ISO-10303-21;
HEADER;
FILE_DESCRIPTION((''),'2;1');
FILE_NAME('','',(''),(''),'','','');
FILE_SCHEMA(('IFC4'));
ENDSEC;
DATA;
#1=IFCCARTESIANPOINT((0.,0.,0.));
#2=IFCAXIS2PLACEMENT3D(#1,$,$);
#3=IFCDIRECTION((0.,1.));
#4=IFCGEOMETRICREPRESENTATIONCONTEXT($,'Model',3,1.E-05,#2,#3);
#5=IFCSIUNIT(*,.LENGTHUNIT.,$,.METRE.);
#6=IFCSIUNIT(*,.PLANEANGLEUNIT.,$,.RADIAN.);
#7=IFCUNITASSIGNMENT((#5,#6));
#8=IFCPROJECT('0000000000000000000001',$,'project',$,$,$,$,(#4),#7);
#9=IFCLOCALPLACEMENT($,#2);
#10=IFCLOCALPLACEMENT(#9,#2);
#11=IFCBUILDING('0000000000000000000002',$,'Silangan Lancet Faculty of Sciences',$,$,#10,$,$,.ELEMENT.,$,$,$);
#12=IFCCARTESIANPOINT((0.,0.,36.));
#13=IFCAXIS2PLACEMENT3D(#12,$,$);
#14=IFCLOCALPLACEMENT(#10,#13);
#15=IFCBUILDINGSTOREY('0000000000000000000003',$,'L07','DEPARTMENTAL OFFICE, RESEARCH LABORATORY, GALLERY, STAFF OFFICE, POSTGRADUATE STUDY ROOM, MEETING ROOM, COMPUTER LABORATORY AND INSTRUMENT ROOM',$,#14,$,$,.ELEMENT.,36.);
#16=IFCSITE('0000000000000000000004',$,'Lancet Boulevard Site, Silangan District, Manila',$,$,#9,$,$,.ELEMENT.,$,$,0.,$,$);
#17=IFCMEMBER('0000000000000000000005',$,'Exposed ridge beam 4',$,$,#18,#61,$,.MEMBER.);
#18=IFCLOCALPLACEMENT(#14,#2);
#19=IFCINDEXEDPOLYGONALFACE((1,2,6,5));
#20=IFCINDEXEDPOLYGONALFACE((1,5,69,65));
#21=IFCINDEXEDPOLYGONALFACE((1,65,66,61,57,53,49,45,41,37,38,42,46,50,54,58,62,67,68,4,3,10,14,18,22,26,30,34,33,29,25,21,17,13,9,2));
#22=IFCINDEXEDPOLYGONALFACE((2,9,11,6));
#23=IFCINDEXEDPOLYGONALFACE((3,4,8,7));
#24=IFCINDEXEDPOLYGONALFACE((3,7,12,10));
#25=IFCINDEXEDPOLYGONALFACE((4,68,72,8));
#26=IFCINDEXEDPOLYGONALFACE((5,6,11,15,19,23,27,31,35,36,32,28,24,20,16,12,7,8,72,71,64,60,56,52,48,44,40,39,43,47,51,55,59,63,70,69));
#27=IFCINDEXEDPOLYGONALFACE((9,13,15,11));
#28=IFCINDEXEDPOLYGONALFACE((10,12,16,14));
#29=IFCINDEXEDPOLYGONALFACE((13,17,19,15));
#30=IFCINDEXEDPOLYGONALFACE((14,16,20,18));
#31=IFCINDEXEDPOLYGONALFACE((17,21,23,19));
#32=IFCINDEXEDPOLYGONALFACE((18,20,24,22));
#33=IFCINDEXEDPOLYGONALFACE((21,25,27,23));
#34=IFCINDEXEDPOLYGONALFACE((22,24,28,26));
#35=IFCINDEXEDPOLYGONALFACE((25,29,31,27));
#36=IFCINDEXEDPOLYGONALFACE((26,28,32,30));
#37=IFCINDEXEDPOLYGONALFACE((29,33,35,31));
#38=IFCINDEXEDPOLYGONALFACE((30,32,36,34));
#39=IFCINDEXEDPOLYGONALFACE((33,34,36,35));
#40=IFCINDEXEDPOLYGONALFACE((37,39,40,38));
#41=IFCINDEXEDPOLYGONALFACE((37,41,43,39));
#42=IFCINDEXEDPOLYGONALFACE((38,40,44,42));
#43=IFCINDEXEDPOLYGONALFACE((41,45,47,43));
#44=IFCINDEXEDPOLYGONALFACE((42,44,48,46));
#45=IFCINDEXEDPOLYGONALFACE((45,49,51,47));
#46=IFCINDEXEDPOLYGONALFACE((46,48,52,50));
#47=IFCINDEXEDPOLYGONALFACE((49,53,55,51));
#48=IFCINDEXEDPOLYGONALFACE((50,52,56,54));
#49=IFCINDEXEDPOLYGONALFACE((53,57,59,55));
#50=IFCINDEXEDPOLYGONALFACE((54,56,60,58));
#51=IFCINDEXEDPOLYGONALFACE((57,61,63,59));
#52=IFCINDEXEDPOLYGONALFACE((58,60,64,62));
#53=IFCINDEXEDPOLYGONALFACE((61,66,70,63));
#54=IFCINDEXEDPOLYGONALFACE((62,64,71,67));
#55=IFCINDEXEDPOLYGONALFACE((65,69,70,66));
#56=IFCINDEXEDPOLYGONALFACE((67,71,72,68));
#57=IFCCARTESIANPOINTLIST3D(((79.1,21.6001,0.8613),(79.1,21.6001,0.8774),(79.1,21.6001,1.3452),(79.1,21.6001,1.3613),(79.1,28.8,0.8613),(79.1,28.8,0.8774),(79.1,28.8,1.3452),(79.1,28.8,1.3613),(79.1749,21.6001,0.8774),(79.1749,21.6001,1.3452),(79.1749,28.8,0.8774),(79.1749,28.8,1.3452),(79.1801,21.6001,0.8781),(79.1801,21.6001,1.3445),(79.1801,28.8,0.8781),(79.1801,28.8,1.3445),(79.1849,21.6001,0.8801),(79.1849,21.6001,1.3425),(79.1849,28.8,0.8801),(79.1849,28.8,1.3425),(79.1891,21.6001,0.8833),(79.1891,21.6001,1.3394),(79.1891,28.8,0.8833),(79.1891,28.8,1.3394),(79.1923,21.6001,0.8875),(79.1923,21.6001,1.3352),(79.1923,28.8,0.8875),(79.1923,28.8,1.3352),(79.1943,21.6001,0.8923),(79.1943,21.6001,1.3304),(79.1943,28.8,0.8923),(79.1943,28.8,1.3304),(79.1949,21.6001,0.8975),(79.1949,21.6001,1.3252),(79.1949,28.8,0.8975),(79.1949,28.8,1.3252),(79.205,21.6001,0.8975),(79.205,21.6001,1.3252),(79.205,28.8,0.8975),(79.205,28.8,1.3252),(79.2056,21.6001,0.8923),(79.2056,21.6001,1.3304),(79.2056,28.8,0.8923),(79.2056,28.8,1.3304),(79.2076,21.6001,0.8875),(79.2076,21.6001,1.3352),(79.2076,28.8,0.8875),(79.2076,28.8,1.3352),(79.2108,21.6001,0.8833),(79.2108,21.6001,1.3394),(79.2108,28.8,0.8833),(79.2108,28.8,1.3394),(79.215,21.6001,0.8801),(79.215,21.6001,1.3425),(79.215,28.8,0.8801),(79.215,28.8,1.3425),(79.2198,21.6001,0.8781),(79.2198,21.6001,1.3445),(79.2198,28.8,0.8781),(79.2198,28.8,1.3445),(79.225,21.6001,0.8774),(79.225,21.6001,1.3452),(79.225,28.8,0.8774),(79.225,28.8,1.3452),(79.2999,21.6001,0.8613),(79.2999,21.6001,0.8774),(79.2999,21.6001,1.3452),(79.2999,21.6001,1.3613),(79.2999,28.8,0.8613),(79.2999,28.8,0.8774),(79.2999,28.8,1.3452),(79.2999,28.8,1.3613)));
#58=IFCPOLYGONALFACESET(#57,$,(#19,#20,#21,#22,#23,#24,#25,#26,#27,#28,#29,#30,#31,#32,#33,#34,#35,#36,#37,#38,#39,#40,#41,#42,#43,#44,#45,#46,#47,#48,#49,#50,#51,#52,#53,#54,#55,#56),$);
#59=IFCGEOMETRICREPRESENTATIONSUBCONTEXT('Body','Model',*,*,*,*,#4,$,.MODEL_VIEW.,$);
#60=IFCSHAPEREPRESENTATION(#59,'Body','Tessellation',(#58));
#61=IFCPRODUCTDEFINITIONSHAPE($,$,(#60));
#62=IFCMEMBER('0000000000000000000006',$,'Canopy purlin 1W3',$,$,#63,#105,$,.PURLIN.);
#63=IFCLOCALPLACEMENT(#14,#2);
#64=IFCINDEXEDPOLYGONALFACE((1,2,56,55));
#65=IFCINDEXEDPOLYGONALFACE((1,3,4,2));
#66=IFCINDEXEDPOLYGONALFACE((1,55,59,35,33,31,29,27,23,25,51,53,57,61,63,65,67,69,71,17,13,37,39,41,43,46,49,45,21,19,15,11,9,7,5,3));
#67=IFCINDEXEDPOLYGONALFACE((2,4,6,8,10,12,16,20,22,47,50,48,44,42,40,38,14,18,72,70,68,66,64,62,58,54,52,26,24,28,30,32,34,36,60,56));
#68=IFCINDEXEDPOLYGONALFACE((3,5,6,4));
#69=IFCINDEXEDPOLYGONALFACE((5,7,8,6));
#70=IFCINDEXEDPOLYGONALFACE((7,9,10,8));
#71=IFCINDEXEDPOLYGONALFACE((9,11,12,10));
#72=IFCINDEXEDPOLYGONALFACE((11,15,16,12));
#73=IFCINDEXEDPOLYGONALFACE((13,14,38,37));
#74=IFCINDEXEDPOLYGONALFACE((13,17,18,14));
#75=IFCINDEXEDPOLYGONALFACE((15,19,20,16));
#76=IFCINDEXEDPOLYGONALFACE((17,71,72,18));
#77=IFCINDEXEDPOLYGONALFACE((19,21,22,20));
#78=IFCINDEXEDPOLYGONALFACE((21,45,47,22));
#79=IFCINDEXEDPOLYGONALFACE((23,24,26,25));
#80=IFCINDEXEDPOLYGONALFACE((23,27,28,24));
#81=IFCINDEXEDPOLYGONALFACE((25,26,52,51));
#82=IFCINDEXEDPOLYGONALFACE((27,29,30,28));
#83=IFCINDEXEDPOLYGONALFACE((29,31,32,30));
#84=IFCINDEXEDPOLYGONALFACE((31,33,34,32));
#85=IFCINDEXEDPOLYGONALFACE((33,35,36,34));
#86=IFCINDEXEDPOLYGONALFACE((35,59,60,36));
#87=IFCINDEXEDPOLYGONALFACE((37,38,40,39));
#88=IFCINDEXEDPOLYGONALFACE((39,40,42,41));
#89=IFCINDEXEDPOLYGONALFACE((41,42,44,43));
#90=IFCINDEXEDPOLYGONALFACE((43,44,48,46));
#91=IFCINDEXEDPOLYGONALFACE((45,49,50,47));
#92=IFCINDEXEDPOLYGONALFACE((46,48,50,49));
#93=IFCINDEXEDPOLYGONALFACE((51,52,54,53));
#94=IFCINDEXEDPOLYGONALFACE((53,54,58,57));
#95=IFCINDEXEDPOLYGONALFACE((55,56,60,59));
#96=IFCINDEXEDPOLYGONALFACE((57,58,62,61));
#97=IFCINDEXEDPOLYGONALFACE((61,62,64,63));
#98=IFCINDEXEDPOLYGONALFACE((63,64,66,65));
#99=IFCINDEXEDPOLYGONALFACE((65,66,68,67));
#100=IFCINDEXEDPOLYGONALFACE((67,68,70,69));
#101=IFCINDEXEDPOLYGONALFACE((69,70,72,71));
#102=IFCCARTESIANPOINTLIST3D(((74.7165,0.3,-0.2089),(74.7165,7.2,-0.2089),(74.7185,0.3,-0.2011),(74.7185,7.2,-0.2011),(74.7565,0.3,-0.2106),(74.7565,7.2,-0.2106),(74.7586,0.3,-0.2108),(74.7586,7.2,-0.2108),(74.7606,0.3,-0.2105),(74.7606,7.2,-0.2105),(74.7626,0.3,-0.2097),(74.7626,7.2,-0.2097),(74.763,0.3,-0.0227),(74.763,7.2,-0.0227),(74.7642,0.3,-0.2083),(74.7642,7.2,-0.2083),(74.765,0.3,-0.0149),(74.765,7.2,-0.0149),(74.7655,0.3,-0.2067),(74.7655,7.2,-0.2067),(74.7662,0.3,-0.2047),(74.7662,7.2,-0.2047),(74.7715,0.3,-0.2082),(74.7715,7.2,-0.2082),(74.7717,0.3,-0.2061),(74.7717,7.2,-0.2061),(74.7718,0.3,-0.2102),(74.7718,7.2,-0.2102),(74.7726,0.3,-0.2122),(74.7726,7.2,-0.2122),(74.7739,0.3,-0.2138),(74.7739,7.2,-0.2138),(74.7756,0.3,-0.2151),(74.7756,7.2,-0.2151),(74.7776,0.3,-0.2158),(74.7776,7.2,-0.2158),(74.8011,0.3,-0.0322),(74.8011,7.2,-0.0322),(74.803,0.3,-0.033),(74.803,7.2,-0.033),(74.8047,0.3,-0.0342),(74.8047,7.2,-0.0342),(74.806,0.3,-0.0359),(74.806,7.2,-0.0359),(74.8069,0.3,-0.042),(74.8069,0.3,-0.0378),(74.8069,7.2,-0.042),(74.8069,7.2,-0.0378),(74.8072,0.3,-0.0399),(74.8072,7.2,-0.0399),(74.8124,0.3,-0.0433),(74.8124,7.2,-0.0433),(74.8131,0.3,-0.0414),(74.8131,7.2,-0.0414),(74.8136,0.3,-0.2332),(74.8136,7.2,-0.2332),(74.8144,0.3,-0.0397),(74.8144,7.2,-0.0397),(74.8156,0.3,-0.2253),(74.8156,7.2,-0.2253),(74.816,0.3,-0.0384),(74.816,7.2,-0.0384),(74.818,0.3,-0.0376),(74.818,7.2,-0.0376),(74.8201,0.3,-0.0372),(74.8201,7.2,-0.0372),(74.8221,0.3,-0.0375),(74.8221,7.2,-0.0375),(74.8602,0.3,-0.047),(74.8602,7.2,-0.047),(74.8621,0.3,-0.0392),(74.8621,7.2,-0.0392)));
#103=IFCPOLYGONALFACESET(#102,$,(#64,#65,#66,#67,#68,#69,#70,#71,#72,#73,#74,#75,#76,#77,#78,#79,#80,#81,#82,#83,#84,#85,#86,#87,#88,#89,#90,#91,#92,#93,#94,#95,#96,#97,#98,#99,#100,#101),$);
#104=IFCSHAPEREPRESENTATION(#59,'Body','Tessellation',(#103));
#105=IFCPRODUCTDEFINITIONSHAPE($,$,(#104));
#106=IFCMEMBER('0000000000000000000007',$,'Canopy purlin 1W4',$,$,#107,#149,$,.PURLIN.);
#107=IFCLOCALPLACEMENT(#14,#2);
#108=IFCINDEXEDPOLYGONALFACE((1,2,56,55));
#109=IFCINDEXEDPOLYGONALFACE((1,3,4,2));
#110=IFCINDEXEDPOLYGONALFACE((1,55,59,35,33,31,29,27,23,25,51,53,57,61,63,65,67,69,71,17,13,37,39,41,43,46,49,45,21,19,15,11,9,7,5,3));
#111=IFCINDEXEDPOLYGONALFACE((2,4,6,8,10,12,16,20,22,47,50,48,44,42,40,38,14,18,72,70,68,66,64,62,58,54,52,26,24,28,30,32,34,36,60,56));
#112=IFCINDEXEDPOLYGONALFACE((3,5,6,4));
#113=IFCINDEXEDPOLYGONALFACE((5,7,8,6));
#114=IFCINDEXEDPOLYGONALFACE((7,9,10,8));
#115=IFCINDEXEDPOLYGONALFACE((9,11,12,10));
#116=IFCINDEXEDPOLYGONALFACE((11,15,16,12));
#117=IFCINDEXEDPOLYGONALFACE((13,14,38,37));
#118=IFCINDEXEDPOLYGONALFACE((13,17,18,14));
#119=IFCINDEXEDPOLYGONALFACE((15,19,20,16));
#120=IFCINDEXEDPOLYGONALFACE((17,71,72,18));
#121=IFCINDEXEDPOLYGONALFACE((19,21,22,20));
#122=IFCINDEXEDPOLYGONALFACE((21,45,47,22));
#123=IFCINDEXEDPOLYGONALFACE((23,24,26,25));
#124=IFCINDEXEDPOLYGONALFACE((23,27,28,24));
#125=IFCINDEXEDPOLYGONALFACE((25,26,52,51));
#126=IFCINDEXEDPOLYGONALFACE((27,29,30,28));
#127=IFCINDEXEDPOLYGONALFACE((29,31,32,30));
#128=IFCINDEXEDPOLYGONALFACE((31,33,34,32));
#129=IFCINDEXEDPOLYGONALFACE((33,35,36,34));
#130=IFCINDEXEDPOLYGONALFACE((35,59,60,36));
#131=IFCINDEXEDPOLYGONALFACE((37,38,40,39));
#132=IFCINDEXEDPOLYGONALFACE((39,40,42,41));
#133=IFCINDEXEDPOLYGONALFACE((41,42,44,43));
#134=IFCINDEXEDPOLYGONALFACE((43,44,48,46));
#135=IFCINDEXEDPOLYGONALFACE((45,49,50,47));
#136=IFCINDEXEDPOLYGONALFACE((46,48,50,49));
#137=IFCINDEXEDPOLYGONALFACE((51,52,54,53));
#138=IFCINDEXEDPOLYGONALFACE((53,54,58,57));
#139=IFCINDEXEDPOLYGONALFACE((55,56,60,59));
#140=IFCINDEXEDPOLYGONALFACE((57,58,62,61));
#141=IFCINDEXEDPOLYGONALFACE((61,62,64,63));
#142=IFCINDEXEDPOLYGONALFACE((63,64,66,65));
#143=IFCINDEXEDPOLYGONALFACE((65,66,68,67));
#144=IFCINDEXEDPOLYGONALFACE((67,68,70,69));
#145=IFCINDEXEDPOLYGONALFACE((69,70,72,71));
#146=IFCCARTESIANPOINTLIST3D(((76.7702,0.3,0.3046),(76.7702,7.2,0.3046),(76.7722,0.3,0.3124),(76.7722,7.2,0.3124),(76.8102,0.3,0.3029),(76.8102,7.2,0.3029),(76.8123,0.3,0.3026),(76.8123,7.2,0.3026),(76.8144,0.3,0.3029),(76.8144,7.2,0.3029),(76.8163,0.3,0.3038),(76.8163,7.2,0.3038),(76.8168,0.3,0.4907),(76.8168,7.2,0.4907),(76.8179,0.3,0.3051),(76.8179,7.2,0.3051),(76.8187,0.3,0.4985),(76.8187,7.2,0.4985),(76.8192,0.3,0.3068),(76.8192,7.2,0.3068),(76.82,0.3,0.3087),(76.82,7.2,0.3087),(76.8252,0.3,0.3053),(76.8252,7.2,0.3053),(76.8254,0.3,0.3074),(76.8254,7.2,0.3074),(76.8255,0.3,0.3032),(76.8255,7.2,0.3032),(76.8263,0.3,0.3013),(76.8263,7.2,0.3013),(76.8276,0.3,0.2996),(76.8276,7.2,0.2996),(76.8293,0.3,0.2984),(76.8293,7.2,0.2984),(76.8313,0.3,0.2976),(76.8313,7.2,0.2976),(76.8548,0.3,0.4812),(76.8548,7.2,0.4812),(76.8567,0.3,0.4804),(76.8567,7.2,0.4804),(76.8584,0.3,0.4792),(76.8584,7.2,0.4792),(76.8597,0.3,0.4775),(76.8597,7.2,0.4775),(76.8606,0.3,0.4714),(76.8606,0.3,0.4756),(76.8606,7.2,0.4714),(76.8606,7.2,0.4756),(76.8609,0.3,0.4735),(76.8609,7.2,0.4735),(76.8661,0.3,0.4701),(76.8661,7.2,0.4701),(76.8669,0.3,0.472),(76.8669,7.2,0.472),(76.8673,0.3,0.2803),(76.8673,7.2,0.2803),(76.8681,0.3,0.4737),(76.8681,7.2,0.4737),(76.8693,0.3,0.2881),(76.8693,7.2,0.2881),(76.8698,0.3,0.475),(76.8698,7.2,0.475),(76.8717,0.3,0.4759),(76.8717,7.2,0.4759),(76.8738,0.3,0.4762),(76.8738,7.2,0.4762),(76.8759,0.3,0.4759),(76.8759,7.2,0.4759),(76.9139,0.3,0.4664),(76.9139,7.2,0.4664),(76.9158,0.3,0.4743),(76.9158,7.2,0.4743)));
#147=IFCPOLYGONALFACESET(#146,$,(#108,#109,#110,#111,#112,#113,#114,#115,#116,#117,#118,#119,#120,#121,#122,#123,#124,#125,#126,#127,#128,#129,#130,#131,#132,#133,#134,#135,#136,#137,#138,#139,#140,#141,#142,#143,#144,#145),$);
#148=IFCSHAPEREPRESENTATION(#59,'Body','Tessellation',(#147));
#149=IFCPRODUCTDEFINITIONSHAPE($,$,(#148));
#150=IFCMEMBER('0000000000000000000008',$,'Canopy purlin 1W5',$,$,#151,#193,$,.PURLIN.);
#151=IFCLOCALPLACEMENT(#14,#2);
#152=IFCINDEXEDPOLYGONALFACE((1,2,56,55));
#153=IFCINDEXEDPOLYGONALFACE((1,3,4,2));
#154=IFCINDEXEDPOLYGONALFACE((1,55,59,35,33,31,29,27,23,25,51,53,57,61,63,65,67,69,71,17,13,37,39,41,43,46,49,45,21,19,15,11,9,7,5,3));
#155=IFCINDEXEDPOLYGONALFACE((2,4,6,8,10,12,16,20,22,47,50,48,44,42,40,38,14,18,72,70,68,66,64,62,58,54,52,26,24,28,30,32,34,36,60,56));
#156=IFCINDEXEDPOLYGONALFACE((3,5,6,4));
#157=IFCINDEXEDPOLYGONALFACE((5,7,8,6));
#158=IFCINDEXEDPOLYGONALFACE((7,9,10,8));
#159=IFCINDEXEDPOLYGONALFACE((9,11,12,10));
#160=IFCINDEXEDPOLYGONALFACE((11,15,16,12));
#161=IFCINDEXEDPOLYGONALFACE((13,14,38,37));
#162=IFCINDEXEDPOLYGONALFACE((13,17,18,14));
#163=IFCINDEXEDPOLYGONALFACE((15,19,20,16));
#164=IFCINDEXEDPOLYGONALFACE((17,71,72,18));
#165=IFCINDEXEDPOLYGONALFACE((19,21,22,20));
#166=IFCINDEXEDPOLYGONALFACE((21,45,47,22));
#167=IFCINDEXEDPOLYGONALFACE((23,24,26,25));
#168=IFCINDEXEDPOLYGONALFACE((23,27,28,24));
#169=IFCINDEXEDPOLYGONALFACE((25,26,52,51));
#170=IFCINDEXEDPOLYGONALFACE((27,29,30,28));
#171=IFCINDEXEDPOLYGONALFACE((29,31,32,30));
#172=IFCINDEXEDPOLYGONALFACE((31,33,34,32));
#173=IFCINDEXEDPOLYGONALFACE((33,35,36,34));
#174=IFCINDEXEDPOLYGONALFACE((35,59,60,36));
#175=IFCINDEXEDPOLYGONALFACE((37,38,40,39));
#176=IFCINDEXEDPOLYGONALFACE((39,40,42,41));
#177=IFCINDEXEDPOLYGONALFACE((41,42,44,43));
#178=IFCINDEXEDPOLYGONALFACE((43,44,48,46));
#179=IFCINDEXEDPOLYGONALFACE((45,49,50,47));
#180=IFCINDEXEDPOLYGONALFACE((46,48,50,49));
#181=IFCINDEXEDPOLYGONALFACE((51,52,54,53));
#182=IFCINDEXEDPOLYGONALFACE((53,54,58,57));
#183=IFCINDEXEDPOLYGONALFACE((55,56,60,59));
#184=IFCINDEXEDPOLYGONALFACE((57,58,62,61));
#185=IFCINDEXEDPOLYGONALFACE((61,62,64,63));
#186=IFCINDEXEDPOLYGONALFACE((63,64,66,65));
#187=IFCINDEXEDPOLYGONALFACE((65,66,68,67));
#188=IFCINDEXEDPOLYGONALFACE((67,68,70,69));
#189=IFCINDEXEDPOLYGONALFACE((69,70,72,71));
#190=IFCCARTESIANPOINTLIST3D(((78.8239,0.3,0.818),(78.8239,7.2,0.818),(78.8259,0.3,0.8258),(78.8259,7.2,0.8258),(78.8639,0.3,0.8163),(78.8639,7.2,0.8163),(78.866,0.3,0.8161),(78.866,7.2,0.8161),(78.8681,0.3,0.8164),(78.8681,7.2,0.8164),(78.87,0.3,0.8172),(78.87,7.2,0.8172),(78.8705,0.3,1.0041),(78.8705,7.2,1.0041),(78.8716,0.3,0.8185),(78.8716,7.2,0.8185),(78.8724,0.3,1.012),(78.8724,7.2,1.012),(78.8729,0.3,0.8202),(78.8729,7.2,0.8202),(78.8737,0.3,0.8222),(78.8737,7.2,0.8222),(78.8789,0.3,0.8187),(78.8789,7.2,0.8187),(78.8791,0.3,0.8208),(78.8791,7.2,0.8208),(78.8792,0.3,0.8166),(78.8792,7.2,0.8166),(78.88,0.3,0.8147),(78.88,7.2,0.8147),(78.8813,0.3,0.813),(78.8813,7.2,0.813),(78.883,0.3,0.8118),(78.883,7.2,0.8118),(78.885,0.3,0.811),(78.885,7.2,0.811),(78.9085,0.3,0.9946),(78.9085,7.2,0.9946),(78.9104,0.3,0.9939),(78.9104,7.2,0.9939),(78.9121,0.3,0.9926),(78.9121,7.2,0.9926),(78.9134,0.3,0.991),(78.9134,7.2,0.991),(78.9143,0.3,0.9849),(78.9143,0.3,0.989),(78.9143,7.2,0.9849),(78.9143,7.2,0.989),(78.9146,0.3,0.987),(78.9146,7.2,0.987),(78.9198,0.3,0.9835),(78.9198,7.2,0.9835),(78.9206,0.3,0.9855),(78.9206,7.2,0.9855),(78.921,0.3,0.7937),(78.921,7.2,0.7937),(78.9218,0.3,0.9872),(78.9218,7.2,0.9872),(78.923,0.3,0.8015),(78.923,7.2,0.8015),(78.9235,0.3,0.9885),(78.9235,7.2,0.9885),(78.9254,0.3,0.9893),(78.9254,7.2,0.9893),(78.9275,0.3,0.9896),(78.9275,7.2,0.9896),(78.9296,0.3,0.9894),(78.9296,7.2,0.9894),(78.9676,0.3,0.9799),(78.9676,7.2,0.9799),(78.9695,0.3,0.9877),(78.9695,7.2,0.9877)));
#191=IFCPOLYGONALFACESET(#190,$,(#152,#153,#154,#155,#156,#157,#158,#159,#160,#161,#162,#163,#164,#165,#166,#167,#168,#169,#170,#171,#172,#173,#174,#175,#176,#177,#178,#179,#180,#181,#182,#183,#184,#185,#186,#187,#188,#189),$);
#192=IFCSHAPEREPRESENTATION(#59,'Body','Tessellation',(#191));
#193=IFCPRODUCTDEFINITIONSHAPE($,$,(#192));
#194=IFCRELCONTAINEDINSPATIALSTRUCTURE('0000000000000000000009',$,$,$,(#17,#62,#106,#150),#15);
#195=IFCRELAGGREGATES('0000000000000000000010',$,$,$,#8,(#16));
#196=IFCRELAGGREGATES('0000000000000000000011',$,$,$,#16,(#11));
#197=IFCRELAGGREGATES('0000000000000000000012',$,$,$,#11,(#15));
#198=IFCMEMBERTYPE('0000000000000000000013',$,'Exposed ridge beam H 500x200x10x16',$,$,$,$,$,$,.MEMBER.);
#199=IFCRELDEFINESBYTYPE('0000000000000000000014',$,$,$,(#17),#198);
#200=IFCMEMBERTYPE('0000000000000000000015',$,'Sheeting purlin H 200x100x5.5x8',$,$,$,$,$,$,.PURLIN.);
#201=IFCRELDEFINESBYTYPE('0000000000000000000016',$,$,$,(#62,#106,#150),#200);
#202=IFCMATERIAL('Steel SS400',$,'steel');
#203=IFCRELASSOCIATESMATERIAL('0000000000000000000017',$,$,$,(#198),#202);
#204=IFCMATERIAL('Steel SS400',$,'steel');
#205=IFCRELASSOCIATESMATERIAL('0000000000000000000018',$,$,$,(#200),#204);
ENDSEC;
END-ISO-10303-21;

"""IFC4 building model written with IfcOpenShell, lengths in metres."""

from ifc_helpers import new_model, si_unit, direction, frame, origin, origin_2d, place, context, subcontext, project, spatial, i_section, extrude, material, material_profile, profile_set, type_object, element, save


model = new_model("IFC4")

# Units and contexts
model_context = context("Model", 3, precision=1e-05, world=origin(), true_north=direction((0.0, 1.0)))
body_context = subcontext(model_context, "Body", "Model", "MODEL_VIEW")
ifc_project = project(units=[si_unit("LENGTHUNIT", "METRE"), si_unit("PLANEANGLEUNIT", "RADIAN")], contexts=[model_context])

# Site, building, storey
site_placement = place(None, origin())
site = spatial("IfcSite", under=ifc_project, at=site_placement, Name="Lancet Boulevard Site, Silangan District, Manila", CompositionType="ELEMENT", RefElevation=0.0)
building_placement = place(site_placement, origin())
building = spatial("IfcBuilding", under=site, at=building_placement, Name="Silangan Lancet Faculty of Sciences", CompositionType="ELEMENT")
storey_placement = place(building_placement, frame((0.0, 0.0, 36.0)))
storey = spatial("IfcBuildingStorey", under=building, at=storey_placement, Name="L07", Description="DEPARTMENTAL OFFICE, RESEARCH LABORATORY, GALLERY, STAFF OFFICE, POSTGRADUATE STUDY ROOM, MEETING ROOM, COMPUTER LABORATORY AND INSTRUMENT ROOM", CompositionType="ELEMENT", Elevation=36.0)

# Members
ifc_material_1 = material(Name="Steel SS400", Category="steel")
ifc_material_profile_1 = material_profile(ifc_material_1, i_section(OverallWidth=0.2, OverallDepth=0.5, WebThickness=0.01, FlangeThickness=0.0161, FilletRadius=0.02, at=origin_2d()), Name="H 500x200x10x16")
ifc_profile_set_1 = profile_set([ifc_material_profile_1], Name="Steel SS400")
member_type_1 = type_object("IfcMemberType", Name="Exposed ridge beam H 500x200x10x16", PredefinedType="MEMBER", material=ifc_profile_set_1)
member_1_placement = place(storey_placement, frame((79.2, 21.6001, 1.1113), z_axis=(0.0, 1.0, 0.0), x_axis=(-1.0, 0.0, 0.0)))
element("IfcMember", 1, at=member_1_placement, inside=storey, type_object=member_type_1, Name="Exposed ridge beam 4", PredefinedType="MEMBER", context=body_context, shape_type="SweptSolid", body=[
    extrude(i_section(OverallWidth=0.2, OverallDepth=0.5, WebThickness=0.01, FlangeThickness=0.0161, FilletRadius=0.02, at=origin_2d()), origin(), (0.0, 0.0, 1.0), 7.2),
])
ifc_material_2 = material(Name="Steel SS400", Category="steel")
ifc_material_profile_2 = material_profile(ifc_material_2, i_section(OverallWidth=0.1001, OverallDepth=0.2, WebThickness=0.0056, FlangeThickness=0.0081, FilletRadius=0.0081, at=origin_2d()), Name="H 200x100x5.5x8")
ifc_profile_set_2 = profile_set([ifc_material_profile_2], Name="Steel SS400")
member_type_2 = type_object("IfcMemberType", Name="Sheeting purlin H 200x100x5.5x8", PredefinedType="PURLIN", material=ifc_profile_set_2)
for number, where, z_axis, x_axis, name in (
    (2, (74.7893, 0.3, -0.124), (0.0, 1.0, 0.0), (-0.970143, 0.0, 0.242536), "Canopy purlin 1W3"),
    (3, (76.843, 0.3, 0.3894), (0.0, 1.0, 0.0), (-0.970143, 0.0, 0.242536), "Canopy purlin 1W4"),
    (4, (78.8967, 0.3, 0.9028), (0.0, 1.0, 0.0), (-0.970143, 0.0, 0.242536), "Canopy purlin 1W5"),
):
    element("IfcMember", number, at=place(storey_placement, frame(where, z_axis=z_axis, x_axis=x_axis)), inside=storey, type_object=member_type_2, Name=name, PredefinedType="PURLIN", context=body_context, shape_type="SweptSolid", body=[
        extrude(i_section(OverallWidth=0.1001, OverallDepth=0.2, WebThickness=0.0056, FlangeThickness=0.0081, FilletRadius=0.0081, at=origin_2d()), origin(), (0.0, 0.0, 1.0), 6.8999),
    ])

save(model, "model.ifc")
